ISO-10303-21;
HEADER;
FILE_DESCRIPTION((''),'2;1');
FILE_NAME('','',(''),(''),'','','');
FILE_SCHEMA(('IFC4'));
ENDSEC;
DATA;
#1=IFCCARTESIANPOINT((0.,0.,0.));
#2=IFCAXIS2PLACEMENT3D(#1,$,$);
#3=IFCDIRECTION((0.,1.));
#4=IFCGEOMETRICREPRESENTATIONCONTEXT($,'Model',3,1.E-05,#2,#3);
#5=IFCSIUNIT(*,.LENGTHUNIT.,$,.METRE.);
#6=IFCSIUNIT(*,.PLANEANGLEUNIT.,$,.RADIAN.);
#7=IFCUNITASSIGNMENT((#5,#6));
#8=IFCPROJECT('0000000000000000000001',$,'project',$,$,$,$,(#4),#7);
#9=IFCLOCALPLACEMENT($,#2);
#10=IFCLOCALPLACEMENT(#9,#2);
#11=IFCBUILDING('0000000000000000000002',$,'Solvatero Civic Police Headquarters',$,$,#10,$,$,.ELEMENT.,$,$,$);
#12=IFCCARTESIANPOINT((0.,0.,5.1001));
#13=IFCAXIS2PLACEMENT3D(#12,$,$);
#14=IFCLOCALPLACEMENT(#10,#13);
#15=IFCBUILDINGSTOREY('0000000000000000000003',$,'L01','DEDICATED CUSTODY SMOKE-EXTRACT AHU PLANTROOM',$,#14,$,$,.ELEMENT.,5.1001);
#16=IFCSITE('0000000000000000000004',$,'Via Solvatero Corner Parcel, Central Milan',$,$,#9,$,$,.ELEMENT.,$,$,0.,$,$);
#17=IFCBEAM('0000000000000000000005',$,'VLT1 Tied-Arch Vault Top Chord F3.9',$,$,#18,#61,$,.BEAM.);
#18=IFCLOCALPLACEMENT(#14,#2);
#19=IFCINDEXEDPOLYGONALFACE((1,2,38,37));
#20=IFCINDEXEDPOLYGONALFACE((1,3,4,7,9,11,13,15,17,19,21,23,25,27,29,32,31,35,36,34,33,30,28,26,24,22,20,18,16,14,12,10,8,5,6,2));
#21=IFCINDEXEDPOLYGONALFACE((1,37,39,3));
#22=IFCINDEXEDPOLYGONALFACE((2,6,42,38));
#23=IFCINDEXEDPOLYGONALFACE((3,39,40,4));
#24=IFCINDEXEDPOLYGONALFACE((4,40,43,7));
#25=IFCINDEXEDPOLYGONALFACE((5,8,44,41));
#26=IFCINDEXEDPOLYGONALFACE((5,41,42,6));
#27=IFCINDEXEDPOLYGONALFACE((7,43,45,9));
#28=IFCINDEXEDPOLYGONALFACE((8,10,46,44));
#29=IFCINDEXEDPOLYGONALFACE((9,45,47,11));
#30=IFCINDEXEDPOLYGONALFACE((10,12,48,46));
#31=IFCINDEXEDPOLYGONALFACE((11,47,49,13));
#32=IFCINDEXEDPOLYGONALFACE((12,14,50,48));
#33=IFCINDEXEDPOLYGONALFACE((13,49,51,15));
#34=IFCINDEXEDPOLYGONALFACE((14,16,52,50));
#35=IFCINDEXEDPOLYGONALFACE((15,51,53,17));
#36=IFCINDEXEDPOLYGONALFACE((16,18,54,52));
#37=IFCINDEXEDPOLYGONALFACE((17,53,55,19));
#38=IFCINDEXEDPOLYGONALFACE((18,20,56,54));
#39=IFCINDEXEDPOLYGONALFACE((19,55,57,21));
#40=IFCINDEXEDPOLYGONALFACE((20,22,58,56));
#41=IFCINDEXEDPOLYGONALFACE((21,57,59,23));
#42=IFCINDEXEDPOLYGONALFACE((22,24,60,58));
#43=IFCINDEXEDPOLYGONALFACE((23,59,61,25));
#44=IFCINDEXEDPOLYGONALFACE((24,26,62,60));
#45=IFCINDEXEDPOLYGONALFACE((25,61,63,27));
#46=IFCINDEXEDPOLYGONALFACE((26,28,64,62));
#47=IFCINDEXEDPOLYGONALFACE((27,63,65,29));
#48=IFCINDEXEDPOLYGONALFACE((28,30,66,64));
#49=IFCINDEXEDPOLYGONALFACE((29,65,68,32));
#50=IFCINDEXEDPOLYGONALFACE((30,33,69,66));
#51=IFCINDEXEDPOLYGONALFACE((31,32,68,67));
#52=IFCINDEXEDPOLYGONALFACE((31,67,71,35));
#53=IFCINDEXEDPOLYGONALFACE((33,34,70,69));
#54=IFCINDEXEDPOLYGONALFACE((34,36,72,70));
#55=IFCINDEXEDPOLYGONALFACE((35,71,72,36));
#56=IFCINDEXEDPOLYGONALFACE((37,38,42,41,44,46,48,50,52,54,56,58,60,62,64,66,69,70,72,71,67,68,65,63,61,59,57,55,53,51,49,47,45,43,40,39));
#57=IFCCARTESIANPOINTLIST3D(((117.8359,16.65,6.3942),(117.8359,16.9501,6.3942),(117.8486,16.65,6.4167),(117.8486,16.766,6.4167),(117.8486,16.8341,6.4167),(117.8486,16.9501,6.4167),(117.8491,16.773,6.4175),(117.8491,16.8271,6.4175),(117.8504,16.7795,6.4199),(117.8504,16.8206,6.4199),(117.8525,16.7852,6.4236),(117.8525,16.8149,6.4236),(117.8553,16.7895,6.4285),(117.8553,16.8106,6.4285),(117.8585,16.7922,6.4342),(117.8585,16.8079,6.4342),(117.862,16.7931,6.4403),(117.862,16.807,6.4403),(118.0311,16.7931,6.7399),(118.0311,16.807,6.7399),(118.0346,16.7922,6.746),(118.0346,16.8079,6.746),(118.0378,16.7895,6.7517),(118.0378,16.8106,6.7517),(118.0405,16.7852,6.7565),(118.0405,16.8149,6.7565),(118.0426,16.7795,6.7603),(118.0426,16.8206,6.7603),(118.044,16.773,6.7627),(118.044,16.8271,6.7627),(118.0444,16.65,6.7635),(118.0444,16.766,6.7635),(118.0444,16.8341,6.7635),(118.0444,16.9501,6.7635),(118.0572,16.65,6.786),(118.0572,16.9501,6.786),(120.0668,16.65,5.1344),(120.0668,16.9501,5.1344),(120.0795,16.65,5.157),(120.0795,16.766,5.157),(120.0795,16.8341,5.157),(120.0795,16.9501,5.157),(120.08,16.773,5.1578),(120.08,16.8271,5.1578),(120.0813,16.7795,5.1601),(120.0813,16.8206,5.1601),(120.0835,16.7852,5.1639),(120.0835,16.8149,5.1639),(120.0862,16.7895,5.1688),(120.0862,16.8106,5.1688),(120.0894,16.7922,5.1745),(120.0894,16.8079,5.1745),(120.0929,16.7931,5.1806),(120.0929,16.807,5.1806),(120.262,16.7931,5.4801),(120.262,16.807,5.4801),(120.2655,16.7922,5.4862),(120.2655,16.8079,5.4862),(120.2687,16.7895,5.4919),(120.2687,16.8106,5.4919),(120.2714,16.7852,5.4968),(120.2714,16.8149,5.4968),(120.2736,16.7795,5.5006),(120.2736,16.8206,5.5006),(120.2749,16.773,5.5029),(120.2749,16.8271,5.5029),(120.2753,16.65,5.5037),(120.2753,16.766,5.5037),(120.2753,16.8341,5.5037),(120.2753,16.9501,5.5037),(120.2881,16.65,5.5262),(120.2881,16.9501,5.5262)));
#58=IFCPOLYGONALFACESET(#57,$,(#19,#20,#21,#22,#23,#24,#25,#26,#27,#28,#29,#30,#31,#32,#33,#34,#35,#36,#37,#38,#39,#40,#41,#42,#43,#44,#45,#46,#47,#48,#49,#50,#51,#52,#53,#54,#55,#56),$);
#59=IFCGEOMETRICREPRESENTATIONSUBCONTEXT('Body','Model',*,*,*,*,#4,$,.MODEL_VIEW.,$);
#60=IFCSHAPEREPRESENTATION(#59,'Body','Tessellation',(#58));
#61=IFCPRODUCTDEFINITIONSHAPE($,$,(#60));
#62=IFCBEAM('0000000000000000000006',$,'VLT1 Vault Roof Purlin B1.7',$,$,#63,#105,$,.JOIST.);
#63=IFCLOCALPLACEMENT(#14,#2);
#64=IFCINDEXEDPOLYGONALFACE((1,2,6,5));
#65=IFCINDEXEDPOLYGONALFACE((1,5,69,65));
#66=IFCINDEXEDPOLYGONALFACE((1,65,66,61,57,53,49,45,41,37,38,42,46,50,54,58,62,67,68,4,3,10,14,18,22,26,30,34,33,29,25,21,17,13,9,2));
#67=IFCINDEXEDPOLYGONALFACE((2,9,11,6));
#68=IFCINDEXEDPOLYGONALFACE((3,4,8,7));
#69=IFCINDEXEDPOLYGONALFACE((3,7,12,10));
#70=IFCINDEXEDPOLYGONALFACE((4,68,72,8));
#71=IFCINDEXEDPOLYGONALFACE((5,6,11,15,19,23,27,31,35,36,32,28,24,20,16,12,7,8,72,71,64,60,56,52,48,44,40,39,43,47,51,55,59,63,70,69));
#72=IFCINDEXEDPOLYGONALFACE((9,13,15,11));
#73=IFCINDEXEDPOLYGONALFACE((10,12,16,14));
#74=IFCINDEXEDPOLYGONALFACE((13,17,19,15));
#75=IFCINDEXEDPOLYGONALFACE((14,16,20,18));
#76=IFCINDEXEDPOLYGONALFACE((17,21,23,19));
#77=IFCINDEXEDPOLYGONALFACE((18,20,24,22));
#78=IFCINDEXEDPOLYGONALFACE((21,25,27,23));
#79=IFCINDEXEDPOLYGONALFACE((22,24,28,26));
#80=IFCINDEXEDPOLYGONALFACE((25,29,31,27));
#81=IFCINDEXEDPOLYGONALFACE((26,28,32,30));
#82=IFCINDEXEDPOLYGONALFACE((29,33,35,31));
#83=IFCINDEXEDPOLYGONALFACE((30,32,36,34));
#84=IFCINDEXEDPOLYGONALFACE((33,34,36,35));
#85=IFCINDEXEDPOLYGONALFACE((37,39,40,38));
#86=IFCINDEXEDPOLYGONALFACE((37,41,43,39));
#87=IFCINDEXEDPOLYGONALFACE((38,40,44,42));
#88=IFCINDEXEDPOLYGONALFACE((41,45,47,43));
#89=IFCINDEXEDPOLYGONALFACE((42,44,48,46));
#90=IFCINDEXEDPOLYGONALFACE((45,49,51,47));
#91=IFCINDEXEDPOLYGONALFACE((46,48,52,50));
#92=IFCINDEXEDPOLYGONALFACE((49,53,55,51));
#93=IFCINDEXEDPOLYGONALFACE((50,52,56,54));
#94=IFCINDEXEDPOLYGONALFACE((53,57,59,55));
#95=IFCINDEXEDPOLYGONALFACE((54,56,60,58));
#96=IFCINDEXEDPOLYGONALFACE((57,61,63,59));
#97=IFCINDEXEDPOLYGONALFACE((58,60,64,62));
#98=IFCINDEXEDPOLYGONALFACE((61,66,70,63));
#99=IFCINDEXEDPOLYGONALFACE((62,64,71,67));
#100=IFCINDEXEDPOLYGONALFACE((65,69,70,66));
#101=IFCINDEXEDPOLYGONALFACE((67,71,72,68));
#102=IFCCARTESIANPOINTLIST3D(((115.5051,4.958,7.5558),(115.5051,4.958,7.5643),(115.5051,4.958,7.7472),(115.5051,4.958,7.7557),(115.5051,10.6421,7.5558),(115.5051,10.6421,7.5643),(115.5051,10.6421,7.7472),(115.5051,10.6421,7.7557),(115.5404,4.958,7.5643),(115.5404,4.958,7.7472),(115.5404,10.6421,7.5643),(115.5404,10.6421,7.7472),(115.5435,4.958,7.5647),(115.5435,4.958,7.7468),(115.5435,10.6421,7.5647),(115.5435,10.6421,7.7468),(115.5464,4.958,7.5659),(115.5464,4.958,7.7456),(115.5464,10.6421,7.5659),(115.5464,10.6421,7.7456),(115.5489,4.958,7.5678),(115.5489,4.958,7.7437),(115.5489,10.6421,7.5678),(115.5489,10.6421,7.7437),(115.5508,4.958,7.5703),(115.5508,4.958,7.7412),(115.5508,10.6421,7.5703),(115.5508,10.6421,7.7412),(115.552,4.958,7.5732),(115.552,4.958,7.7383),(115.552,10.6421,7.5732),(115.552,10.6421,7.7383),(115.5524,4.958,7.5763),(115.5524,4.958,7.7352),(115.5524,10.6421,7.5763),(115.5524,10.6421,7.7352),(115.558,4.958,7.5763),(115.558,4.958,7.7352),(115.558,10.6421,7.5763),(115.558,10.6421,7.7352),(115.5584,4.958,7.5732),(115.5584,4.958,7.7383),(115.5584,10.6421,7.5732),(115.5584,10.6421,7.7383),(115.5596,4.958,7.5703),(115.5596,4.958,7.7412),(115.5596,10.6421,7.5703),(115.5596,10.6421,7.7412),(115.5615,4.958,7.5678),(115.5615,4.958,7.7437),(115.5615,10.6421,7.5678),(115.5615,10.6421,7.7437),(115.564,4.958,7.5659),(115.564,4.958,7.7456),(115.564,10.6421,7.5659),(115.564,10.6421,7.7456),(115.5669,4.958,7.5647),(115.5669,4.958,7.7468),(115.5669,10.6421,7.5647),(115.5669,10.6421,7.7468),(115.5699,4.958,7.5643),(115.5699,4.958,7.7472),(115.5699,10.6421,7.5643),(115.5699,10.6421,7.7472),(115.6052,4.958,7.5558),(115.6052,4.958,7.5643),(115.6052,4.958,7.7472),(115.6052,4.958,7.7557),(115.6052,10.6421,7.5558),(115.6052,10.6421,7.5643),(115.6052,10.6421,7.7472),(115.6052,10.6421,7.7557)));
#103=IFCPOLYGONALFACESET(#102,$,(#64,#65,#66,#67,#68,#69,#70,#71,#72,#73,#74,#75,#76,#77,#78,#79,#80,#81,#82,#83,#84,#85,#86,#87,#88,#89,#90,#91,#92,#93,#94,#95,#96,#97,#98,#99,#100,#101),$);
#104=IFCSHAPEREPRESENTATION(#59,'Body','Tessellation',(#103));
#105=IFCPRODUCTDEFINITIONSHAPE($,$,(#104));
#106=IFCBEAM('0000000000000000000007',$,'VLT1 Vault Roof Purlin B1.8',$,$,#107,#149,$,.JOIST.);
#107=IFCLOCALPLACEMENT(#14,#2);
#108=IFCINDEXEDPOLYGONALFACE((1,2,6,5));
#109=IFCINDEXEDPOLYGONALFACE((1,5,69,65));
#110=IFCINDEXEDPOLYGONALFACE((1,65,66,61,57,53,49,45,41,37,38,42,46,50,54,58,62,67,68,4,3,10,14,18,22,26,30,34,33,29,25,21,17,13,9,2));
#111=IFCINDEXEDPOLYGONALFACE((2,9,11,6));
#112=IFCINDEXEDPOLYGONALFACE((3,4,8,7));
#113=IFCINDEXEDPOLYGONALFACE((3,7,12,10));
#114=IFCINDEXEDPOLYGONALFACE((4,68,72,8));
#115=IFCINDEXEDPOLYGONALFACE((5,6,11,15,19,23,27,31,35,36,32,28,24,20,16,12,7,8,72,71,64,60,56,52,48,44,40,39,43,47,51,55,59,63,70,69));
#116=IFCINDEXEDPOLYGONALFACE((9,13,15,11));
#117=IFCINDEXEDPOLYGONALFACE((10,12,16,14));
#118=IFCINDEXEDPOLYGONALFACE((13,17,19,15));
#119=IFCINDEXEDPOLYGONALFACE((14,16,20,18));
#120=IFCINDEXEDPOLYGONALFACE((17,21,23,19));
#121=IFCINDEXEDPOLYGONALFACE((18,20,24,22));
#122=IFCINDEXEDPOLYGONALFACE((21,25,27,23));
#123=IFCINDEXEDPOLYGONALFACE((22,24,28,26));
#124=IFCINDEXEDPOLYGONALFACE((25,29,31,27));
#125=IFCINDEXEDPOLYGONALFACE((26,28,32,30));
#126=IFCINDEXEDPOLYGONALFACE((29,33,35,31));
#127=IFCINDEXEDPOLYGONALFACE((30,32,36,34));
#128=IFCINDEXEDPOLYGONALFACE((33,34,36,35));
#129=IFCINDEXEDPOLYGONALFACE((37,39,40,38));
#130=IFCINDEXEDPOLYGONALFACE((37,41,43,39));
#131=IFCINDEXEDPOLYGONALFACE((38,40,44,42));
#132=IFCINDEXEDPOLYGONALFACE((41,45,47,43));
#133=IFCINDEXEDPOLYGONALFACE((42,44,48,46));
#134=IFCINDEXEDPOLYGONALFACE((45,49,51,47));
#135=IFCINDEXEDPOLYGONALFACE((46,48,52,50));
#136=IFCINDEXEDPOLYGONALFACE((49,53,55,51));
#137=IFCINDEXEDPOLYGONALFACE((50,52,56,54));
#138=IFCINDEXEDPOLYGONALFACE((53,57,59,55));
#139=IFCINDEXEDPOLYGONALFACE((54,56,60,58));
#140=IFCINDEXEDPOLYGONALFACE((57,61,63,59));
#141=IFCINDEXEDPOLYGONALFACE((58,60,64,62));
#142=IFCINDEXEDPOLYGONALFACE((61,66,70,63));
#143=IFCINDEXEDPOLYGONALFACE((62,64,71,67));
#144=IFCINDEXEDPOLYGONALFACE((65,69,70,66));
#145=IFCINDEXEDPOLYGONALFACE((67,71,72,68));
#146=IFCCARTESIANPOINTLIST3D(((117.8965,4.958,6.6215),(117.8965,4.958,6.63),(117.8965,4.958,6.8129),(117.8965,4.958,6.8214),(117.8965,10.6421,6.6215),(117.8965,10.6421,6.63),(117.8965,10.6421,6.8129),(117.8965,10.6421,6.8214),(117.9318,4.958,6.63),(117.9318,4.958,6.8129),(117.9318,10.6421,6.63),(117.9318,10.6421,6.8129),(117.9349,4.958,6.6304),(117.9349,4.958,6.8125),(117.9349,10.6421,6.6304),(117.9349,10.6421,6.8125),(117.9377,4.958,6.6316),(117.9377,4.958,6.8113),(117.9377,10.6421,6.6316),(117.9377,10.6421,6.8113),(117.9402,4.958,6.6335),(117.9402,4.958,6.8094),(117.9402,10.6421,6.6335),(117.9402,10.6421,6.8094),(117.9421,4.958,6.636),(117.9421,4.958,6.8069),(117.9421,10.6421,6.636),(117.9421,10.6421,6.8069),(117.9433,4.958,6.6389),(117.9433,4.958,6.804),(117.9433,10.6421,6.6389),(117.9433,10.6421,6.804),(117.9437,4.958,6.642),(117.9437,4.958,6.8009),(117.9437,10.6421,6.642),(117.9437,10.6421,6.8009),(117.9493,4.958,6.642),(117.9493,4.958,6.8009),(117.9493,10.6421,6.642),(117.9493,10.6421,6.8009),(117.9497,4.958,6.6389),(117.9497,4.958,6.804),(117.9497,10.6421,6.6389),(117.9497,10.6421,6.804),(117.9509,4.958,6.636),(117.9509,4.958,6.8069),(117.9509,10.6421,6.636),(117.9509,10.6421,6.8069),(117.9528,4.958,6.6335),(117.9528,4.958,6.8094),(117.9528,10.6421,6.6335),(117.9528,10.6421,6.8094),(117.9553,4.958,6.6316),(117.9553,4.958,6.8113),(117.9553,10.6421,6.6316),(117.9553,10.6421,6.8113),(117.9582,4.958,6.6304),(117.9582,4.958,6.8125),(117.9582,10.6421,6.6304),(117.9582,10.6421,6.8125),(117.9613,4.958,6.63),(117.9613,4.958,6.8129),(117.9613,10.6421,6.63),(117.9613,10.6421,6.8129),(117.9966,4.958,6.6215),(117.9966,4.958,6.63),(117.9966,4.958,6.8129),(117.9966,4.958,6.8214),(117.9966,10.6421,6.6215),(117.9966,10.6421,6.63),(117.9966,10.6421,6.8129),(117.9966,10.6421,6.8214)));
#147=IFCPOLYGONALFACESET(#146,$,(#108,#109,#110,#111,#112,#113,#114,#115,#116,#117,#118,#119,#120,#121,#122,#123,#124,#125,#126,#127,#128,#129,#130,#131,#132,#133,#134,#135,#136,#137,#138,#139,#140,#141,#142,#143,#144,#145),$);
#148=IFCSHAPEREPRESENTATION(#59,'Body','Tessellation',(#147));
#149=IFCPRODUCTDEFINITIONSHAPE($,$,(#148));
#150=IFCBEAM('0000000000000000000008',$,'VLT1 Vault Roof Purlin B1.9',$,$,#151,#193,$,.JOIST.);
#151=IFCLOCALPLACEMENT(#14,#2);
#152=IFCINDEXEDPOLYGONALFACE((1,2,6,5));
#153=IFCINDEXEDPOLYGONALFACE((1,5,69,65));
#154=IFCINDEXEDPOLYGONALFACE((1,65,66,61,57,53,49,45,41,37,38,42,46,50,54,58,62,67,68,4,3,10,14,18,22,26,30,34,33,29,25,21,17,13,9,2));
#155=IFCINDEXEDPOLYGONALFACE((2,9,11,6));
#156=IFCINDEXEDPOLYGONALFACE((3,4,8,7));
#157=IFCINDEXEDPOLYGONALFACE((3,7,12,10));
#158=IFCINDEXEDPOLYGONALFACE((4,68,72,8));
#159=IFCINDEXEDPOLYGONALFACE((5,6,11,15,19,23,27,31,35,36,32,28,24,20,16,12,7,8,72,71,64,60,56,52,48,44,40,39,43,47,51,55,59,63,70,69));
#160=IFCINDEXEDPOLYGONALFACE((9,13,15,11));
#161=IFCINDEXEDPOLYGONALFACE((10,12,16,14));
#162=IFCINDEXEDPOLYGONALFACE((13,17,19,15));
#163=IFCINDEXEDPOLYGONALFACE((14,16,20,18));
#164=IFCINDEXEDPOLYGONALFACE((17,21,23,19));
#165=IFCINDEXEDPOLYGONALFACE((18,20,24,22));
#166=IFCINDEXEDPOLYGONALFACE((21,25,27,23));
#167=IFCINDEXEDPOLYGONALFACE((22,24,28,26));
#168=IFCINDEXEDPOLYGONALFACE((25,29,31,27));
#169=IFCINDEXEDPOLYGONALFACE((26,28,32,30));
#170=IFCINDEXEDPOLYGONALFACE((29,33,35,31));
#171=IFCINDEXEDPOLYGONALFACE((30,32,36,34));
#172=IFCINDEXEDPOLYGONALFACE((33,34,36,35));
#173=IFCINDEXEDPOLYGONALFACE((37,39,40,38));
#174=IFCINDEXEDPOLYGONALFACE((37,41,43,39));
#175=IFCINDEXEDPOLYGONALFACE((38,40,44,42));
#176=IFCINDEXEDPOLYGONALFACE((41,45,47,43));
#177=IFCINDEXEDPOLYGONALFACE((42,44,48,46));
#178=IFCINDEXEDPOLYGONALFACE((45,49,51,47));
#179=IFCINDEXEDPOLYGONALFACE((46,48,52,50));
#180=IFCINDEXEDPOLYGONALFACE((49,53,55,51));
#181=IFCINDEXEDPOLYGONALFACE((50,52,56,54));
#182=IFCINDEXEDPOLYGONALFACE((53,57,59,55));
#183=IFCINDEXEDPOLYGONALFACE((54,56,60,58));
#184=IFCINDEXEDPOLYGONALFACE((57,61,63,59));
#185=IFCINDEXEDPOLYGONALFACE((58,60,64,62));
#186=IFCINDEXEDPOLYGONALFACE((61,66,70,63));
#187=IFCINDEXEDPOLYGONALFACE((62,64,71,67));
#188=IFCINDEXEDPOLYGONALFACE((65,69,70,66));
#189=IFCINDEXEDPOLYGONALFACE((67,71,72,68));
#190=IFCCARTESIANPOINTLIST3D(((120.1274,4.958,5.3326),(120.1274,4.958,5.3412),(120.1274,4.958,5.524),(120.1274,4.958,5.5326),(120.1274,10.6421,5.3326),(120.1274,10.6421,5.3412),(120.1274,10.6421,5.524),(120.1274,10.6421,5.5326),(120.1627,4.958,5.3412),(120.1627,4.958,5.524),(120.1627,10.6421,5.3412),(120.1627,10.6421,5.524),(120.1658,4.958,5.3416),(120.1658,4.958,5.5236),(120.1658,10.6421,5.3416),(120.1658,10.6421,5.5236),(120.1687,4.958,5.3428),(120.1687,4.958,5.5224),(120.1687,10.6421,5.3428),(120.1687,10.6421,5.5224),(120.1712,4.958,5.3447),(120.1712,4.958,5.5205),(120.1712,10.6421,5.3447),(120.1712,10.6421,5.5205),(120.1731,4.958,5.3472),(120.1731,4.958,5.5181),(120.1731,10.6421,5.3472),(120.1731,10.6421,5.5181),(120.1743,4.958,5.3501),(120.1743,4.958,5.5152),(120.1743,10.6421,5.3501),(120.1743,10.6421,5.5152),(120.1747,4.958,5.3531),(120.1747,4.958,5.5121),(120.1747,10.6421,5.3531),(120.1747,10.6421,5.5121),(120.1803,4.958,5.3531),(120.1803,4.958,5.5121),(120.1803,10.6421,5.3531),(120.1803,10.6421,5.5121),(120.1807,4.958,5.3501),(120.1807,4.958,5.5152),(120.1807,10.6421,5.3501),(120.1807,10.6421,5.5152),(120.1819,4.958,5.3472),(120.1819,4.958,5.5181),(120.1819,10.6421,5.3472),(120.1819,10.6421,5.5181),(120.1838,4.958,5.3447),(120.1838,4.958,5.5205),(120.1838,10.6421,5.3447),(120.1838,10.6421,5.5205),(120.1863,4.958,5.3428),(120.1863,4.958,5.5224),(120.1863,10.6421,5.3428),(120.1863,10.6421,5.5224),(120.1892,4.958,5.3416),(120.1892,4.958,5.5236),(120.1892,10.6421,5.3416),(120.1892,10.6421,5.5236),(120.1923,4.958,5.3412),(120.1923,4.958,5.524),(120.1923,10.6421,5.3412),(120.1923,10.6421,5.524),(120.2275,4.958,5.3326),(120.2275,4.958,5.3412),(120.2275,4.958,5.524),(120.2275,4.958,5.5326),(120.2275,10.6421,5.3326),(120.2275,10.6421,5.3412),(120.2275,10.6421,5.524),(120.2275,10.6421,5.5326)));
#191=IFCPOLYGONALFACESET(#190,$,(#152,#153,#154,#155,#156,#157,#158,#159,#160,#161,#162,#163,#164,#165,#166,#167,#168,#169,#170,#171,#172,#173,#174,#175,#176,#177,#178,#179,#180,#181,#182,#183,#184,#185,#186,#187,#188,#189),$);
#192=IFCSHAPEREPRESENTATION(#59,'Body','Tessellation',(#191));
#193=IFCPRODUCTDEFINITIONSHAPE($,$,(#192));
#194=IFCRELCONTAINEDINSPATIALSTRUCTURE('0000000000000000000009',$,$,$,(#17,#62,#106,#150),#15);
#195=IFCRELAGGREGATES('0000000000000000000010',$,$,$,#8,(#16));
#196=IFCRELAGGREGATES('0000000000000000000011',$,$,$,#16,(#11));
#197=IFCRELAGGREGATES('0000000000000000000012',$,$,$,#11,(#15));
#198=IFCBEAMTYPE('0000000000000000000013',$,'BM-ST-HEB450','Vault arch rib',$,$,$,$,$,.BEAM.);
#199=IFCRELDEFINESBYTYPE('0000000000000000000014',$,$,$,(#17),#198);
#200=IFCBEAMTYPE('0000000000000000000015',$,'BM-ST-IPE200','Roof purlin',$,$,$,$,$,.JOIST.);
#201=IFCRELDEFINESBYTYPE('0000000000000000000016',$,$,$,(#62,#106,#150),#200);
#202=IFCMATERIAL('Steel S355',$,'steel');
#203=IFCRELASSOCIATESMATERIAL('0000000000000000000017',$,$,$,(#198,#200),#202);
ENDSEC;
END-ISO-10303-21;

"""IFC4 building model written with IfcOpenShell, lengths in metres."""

from ifc_helpers import new_model, si_unit, direction, frame, origin, origin_2d, place, context, subcontext, project, spatial, i_section, extrude, material, material_profile, profile_set, type_object, element, save


model = new_model("IFC4")

# Units and contexts
model_context = context("Model", 3, precision=1e-05, world=origin(), true_north=direction((0.0, 1.0)))
body_context = subcontext(model_context, "Body", "Model", "MODEL_VIEW")
ifc_project = project(units=[si_unit("LENGTHUNIT", "METRE"), si_unit("PLANEANGLEUNIT", "RADIAN")], contexts=[model_context])

# Site, building, storey
site_placement = place(None, origin())
site = spatial("IfcSite", under=ifc_project, at=site_placement, Name="Via Solvatero Corner Parcel, Central Milan", CompositionType="ELEMENT", RefElevation=0.0)
building_placement = place(site_placement, origin())
building = spatial("IfcBuilding", under=site, at=building_placement, Name="Solvatero Civic Police Headquarters", CompositionType="ELEMENT")
storey_placement = place(building_placement, frame((0.0, 0.0, 5.1001)))
storey = spatial("IfcBuildingStorey", under=building, at=storey_placement, Name="L01", Description="DEDICATED CUSTODY SMOKE-EXTRACT AHU PLANTROOM", CompositionType="ELEMENT", Elevation=5.1001)

# Beams
ifc_material_1 = material(Name="Steel S355", Category="steel")
ifc_material_profile_1 = material_profile(ifc_material_1, i_section(OverallWidth=0.3, OverallDepth=0.45, WebThickness=0.0139, FlangeThickness=0.0259, FilletRadius=0.0271, at=origin_2d()), Name="HEB 450")
ifc_profile_set_1 = profile_set([ifc_material_profile_1], Name="Steel S355")
beam_type_1 = type_object("IfcBeamType", Name="BM-ST-HEB450", Description="Vault arch rib", PredefinedType="BEAM", material=ifc_profile_set_1)
for number, where, z_axis, x_axis, name in (
    (1, (117.9465, 16.8, 6.5901), (0.870765, 0.0, -0.491699), (0.0, 1.0, 0.0), "VLT1 Tied-Arch Vault Top Chord F3.9"),
):
    element("IfcBeam", number, at=place(storey_placement, frame(where, z_axis=z_axis, x_axis=x_axis)), inside=storey, type_object=beam_type_1, Name=name, PredefinedType="BEAM", context=body_context, shape_type="SweptSolid", body=[
        extrude(i_section(OverallWidth=0.3, OverallDepth=0.45, WebThickness=0.0139, FlangeThickness=0.0259, FilletRadius=0.0271, at=origin_2d()), origin(), (0.0, 0.0, 1.0), 2.562),
    ])
ifc_material_profile_2 = material_profile(ifc_material_1, i_section(OverallWidth=0.1001, OverallDepth=0.2, WebThickness=0.0056, FlangeThickness=0.0085, FilletRadius=0.012, at=origin_2d()), Name="IPE 200")
ifc_profile_set_2 = profile_set([ifc_material_profile_2], Name="Steel S355")
beam_type_2 = type_object("IfcBeamType", Name="BM-ST-IPE200", Description="Roof purlin", PredefinedType="JOIST", material=ifc_profile_set_2)
for number, where, z_axis, x_axis, name in (
    (2, (115.5552, 4.958, 7.6558), (0.0, 1.0, 0.0), (-1.0, 0.0, 0.0), "VLT1 Vault Roof Purlin B1.7"),
    (3, (117.9465, 4.958, 6.7214), (0.0, 1.0, 0.0), (-1.0, 0.0, 0.0), "VLT1 Vault Roof Purlin B1.8"),
    (4, (120.1775, 4.958, 5.4326), (0.0, 1.0, 0.0), (-1.0, 0.0, 0.0), "VLT1 Vault Roof Purlin B1.9"),
):
    element("IfcBeam", number, at=place(storey_placement, frame(where, z_axis=z_axis, x_axis=x_axis)), inside=storey, type_object=beam_type_2, Name=name, PredefinedType="JOIST", context=body_context, shape_type="SweptSolid", body=[
        extrude(i_section(OverallWidth=0.1001, OverallDepth=0.2, WebThickness=0.0056, FlangeThickness=0.0085, FilletRadius=0.012, at=origin_2d()), origin(), (0.0, 0.0, 1.0), 5.6841),
    ])

save(model, "model.ifc")
